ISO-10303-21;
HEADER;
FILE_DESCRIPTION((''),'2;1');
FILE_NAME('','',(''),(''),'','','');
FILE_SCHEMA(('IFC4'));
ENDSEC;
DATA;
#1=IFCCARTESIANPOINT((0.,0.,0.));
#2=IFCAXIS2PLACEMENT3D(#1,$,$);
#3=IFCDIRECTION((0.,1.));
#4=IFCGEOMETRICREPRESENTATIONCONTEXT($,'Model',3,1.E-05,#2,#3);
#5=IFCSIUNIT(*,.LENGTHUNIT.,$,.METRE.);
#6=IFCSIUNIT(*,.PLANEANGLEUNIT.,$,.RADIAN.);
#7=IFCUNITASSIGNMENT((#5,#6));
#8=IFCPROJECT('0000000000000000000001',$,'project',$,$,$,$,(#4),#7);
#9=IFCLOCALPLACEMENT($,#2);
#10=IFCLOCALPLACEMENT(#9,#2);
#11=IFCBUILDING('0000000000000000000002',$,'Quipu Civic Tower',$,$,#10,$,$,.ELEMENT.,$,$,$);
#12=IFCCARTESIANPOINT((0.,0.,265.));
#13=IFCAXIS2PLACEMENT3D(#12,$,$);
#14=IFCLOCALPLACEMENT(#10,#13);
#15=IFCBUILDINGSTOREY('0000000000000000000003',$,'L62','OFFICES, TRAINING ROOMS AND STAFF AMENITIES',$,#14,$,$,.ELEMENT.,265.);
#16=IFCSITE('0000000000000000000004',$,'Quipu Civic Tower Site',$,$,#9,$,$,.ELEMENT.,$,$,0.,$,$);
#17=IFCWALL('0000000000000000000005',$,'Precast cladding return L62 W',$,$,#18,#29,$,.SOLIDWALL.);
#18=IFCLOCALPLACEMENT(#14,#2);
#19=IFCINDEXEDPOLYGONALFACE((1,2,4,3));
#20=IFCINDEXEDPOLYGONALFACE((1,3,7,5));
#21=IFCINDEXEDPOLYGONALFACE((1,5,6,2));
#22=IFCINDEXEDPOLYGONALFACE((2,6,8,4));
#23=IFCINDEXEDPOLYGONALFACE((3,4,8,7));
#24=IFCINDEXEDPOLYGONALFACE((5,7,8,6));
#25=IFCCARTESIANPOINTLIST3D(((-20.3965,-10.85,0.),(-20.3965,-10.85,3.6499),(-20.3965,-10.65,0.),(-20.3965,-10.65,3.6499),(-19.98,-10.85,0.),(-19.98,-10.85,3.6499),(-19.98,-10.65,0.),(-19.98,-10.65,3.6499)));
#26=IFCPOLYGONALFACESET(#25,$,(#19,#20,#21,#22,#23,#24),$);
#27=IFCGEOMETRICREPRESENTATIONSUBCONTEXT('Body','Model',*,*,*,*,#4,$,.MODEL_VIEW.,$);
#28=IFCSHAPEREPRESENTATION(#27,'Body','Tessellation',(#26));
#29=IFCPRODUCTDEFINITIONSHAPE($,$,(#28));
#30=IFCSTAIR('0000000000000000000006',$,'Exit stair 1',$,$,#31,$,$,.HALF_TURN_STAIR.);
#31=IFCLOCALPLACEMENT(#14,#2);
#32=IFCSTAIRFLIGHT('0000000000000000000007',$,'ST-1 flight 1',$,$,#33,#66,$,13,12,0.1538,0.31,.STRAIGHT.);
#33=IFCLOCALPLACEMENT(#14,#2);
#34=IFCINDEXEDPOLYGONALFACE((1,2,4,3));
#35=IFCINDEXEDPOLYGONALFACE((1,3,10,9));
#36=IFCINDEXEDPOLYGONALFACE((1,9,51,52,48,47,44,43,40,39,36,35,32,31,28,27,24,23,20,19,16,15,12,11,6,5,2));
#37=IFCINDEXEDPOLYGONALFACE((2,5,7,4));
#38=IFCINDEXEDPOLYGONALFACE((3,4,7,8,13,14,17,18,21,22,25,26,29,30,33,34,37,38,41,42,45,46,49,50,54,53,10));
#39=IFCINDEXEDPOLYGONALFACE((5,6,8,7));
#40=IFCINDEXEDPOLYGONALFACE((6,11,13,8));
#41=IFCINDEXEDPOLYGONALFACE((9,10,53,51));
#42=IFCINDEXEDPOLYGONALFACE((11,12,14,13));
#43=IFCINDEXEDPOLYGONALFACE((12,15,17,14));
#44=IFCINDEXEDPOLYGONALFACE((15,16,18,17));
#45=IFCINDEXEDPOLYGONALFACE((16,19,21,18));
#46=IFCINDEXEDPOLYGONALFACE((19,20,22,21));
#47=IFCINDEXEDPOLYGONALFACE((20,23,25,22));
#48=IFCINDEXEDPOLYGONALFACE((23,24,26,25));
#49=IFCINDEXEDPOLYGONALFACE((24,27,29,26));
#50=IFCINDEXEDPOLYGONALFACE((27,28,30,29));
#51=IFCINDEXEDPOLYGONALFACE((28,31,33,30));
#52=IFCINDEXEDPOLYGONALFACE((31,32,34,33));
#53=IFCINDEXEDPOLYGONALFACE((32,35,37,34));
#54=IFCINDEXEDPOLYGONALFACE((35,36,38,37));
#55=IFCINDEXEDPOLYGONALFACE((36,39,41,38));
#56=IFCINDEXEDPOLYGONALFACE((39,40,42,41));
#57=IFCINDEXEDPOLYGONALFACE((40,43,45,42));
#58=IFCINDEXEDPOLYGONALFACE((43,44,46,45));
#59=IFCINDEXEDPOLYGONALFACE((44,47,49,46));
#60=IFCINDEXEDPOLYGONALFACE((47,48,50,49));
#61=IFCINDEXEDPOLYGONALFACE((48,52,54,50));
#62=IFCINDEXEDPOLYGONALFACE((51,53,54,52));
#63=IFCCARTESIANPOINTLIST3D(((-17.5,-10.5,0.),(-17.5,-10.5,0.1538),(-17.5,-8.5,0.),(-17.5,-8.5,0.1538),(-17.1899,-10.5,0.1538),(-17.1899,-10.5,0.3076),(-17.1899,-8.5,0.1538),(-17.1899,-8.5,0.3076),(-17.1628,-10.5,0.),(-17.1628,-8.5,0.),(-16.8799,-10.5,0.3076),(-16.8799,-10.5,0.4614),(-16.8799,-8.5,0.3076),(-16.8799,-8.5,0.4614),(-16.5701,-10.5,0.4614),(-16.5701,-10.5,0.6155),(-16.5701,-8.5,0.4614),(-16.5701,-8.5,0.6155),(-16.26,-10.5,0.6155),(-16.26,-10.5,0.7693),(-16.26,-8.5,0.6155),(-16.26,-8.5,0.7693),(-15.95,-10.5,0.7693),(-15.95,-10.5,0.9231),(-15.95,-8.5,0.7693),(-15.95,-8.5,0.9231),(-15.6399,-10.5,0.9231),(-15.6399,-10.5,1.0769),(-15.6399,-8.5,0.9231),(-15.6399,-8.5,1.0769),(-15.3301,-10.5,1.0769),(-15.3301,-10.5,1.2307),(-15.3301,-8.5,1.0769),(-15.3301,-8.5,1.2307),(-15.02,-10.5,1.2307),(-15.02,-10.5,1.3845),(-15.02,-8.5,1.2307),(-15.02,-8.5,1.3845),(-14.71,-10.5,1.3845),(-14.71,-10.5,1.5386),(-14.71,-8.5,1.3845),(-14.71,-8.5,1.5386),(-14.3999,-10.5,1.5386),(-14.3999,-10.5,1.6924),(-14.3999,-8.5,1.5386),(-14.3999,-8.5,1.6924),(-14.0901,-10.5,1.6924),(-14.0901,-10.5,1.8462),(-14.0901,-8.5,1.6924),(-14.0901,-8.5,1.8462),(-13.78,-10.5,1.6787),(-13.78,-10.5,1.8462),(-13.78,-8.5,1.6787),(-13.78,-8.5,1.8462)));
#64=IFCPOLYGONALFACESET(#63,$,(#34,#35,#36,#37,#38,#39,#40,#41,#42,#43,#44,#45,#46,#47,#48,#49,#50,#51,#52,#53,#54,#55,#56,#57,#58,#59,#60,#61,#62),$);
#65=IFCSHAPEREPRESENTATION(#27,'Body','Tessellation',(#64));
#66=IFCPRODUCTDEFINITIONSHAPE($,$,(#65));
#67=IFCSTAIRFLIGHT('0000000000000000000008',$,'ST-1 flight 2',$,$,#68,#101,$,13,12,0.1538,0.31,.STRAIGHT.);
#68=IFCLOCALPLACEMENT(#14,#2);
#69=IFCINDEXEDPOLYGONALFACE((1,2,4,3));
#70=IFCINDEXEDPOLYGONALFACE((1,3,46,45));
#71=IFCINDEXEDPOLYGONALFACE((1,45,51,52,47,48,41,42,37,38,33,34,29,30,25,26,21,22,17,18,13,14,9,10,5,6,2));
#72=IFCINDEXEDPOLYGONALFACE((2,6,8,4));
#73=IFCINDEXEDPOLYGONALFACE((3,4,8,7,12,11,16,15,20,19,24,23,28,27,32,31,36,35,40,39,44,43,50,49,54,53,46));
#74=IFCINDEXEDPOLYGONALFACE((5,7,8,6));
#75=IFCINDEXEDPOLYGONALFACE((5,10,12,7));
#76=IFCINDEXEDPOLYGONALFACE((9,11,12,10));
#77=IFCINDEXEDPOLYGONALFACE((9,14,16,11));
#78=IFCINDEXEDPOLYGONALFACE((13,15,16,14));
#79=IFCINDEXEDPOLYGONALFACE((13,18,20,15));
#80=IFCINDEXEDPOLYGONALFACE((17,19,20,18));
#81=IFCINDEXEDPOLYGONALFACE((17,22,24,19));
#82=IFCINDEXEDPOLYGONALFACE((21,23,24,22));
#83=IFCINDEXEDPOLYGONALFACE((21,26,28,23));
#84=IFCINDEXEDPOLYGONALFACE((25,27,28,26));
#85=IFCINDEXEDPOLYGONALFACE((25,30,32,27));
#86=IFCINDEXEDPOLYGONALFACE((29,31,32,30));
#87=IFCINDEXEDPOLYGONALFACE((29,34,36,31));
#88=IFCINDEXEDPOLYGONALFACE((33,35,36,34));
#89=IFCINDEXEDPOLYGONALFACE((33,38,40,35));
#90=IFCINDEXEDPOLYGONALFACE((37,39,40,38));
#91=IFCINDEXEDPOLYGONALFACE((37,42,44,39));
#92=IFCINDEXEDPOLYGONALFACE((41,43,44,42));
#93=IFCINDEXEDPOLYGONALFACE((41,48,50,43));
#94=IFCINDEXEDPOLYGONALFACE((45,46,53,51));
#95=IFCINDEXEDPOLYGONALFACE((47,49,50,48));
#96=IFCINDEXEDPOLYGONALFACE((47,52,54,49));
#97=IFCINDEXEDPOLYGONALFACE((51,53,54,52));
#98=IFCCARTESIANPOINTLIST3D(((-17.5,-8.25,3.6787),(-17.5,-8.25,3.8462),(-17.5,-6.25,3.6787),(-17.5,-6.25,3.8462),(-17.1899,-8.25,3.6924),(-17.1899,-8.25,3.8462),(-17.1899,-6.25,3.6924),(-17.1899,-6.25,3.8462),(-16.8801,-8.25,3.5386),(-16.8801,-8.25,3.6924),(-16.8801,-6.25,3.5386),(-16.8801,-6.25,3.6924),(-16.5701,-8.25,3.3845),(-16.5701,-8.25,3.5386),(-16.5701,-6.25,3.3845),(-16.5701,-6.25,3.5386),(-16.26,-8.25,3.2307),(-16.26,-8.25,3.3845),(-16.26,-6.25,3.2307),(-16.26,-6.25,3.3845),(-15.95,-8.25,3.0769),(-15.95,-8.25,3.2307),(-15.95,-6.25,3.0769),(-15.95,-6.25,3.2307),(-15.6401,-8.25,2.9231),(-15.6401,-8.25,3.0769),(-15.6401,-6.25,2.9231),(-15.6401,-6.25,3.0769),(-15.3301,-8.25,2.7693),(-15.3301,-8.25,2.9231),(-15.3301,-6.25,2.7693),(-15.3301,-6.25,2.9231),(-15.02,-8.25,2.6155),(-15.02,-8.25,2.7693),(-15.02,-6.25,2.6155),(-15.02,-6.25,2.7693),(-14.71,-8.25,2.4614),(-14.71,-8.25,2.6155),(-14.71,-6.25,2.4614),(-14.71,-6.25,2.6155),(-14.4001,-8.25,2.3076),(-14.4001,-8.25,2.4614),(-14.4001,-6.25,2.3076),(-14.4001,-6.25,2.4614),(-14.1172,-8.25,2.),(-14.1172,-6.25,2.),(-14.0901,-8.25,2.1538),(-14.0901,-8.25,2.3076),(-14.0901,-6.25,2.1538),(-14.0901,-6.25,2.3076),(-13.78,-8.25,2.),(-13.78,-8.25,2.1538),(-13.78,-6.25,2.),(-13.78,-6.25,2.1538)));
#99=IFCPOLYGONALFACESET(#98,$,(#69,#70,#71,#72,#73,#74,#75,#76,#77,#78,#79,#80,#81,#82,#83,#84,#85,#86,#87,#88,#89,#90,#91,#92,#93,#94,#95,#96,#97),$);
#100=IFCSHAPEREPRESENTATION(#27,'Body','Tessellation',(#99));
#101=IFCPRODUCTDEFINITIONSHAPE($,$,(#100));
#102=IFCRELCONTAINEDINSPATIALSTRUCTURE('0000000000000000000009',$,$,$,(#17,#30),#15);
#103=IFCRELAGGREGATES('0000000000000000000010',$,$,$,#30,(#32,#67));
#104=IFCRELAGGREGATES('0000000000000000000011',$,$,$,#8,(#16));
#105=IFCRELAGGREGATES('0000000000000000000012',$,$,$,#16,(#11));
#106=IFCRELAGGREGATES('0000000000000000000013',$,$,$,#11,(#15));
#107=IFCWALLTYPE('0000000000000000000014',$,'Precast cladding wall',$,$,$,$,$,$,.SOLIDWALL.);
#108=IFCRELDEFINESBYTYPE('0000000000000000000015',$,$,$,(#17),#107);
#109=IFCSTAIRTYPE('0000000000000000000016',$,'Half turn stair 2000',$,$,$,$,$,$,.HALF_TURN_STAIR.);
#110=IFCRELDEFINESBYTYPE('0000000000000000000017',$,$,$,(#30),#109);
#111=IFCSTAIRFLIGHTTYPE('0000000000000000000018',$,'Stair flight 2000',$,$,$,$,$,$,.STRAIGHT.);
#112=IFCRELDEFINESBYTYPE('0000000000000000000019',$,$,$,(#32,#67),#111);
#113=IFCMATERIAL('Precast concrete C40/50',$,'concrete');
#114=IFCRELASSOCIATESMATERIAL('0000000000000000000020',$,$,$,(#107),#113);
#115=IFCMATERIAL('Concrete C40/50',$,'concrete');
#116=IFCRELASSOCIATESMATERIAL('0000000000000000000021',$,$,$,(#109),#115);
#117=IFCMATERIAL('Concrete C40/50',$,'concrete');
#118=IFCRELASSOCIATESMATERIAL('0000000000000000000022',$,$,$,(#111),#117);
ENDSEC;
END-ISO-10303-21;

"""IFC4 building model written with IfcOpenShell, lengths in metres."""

from ifc_helpers import new_model, si_unit, direction, frame, frame_2d, origin, place, context, subcontext, project, spatial, polyline, rectangle, outline, extrude, material, type_object, element, aggregate, save


model = new_model("IFC4")

# Units and contexts
model_context = context("Model", 3, precision=1e-05, world=origin(), true_north=direction((0.0, 1.0)))
body_context = subcontext(model_context, "Body", "Model", "MODEL_VIEW")
ifc_project = project(units=[si_unit("LENGTHUNIT", "METRE"), si_unit("PLANEANGLEUNIT", "RADIAN")], contexts=[model_context])

# Site, building, storey
site_placement = place(None, origin())
site = spatial("IfcSite", under=ifc_project, at=site_placement, Name="Quipu Civic Tower Site", CompositionType="ELEMENT", RefElevation=0.0)
building_placement = place(site_placement, origin())
building = spatial("IfcBuilding", under=site, at=building_placement, Name="Quipu Civic Tower", CompositionType="ELEMENT")
storey_placement = place(building_placement, frame((0.0, 0.0, 265.0)))
storey = spatial("IfcBuildingStorey", under=building, at=storey_placement, Name="L62", Description="OFFICES, TRAINING ROOMS AND STAFF AMENITIES", CompositionType="ELEMENT", Elevation=265.0)

# Wall
ifc_material_1 = material(Name="Precast concrete C40/50", Category="concrete")
wall_type_1 = type_object("IfcWallType", Name="Precast cladding wall", PredefinedType="SOLIDWALL", material=ifc_material_1)
wall_1_placement = place(storey_placement, frame((-19.98, -10.75, 0.0), z_axis=(0.0, 0.0, 1.0), x_axis=(-1.0, 0.0, 0.0)))
element("IfcWall", 1, at=wall_1_placement, inside=storey, type_object=wall_type_1, Name="Precast cladding return L62 W", PredefinedType="SOLIDWALL", context=body_context, shape_type="SweptSolid", body=[
    extrude(rectangle(XDim=0.4165, YDim=0.2, at=frame_2d((0.2083, 0.0))), origin(), (0.0, 0.0, 1.0), 3.6499),
])

# Stair, stair flights
ifc_material_2 = material(Name="Concrete C40/50", Category="concrete")
stair_type = type_object("IfcStairType", Name="Half turn stair 2000", PredefinedType="HALF_TURN_STAIR", material=ifc_material_2)
stair_placement = place(storey_placement, origin())
stair = element("IfcStair", 2, at=stair_placement, inside=storey, type_object=stair_type, Name="Exit stair 1", PredefinedType="HALF_TURN_STAIR")
ifc_material_3 = material(Name="Concrete C40/50", Category="concrete")
stair_flight_type = type_object("IfcStairFlightType", Name="Stair flight 2000", PredefinedType="STRAIGHT", material=ifc_material_3)
stair_flight_1_placement = place(storey_placement, frame((-17.5, -9.5, 0.0), z_axis=(0.0, 0.0, 1.0), x_axis=(1.0, 0.0, 0.0)))
stair_flight_1 = element("IfcStairFlight", 3, at=stair_flight_1_placement, type_object=stair_flight_type, Name="ST-1 flight 1", NumberOfRisers=13, NumberOfTreads=12, PredefinedType="STRAIGHT", RiserHeight=0.1538, TreadLength=0.31, context=body_context, shape_type="SweptSolid", body=[
    extrude(outline(polyline([(0.0, 0.0), (0.0, 0.1538), (0.3101, 0.1538), (0.3101, 0.3076), (0.6201, 0.3076), (0.6201, 0.4614), (0.9299, 0.4614), (0.9299, 0.6155), (1.24, 0.6155), (1.24, 0.7693), (1.55, 0.7693), (1.55, 0.9231), (1.8601, 0.9231), (1.8601, 1.0769), (2.1699, 1.0769), (2.1699, 1.2307), (2.48, 1.2307), (2.48, 1.3845), (2.79, 1.3845), (2.79, 1.5386), (3.1001, 1.5386), (3.1001, 1.6924), (3.4099, 1.6924), (3.4099, 1.8462), (3.72, 1.8462), (3.72, 2.0), (3.72, 1.6787), (0.3372, 0.0), (0.0, 0.0)])), frame((0.0, 1.0, 0.0), z_axis=(0.0, -1.0, 0.0), x_axis=(1.0, 0.0, 0.0)), (0.0, 0.0, 1.0), 2.0),
])
stair_flight_2_placement = place(storey_placement, frame((-13.78, -7.25, 2.0), z_axis=(0.0, 0.0, 1.0), x_axis=(-1.0, 0.0, 0.0)))
stair_flight_2 = element("IfcStairFlight", 4, at=stair_flight_2_placement, type_object=stair_flight_type, Name="ST-1 flight 2", NumberOfRisers=13, NumberOfTreads=12, PredefinedType="STRAIGHT", RiserHeight=0.1538, TreadLength=0.31, context=body_context, shape_type="SweptSolid", body=[
    extrude(outline(polyline([(0.0, 0.0), (0.0, 0.1538), (0.3101, 0.1538), (0.3101, 0.3076), (0.6201, 0.3076), (0.6201, 0.4614), (0.9299, 0.4614), (0.9299, 0.6155), (1.24, 0.6155), (1.24, 0.7693), (1.55, 0.7693), (1.55, 0.9231), (1.8601, 0.9231), (1.8601, 1.0769), (2.1699, 1.0769), (2.1699, 1.2307), (2.48, 1.2307), (2.48, 1.3845), (2.79, 1.3845), (2.79, 1.5386), (3.1001, 1.5386), (3.1001, 1.6924), (3.4099, 1.6924), (3.4099, 1.8462), (3.72, 1.8462), (3.72, 2.0), (3.72, 1.6787), (0.3372, 0.0), (0.0, 0.0)])), frame((0.0, 1.0, 0.0), z_axis=(0.0, -1.0, 0.0), x_axis=(1.0, 0.0, 0.0)), (0.0, 0.0, 1.0), 2.0),
])
aggregate(stair, [stair_flight_1, stair_flight_2])

save(model, "model.ifc")
